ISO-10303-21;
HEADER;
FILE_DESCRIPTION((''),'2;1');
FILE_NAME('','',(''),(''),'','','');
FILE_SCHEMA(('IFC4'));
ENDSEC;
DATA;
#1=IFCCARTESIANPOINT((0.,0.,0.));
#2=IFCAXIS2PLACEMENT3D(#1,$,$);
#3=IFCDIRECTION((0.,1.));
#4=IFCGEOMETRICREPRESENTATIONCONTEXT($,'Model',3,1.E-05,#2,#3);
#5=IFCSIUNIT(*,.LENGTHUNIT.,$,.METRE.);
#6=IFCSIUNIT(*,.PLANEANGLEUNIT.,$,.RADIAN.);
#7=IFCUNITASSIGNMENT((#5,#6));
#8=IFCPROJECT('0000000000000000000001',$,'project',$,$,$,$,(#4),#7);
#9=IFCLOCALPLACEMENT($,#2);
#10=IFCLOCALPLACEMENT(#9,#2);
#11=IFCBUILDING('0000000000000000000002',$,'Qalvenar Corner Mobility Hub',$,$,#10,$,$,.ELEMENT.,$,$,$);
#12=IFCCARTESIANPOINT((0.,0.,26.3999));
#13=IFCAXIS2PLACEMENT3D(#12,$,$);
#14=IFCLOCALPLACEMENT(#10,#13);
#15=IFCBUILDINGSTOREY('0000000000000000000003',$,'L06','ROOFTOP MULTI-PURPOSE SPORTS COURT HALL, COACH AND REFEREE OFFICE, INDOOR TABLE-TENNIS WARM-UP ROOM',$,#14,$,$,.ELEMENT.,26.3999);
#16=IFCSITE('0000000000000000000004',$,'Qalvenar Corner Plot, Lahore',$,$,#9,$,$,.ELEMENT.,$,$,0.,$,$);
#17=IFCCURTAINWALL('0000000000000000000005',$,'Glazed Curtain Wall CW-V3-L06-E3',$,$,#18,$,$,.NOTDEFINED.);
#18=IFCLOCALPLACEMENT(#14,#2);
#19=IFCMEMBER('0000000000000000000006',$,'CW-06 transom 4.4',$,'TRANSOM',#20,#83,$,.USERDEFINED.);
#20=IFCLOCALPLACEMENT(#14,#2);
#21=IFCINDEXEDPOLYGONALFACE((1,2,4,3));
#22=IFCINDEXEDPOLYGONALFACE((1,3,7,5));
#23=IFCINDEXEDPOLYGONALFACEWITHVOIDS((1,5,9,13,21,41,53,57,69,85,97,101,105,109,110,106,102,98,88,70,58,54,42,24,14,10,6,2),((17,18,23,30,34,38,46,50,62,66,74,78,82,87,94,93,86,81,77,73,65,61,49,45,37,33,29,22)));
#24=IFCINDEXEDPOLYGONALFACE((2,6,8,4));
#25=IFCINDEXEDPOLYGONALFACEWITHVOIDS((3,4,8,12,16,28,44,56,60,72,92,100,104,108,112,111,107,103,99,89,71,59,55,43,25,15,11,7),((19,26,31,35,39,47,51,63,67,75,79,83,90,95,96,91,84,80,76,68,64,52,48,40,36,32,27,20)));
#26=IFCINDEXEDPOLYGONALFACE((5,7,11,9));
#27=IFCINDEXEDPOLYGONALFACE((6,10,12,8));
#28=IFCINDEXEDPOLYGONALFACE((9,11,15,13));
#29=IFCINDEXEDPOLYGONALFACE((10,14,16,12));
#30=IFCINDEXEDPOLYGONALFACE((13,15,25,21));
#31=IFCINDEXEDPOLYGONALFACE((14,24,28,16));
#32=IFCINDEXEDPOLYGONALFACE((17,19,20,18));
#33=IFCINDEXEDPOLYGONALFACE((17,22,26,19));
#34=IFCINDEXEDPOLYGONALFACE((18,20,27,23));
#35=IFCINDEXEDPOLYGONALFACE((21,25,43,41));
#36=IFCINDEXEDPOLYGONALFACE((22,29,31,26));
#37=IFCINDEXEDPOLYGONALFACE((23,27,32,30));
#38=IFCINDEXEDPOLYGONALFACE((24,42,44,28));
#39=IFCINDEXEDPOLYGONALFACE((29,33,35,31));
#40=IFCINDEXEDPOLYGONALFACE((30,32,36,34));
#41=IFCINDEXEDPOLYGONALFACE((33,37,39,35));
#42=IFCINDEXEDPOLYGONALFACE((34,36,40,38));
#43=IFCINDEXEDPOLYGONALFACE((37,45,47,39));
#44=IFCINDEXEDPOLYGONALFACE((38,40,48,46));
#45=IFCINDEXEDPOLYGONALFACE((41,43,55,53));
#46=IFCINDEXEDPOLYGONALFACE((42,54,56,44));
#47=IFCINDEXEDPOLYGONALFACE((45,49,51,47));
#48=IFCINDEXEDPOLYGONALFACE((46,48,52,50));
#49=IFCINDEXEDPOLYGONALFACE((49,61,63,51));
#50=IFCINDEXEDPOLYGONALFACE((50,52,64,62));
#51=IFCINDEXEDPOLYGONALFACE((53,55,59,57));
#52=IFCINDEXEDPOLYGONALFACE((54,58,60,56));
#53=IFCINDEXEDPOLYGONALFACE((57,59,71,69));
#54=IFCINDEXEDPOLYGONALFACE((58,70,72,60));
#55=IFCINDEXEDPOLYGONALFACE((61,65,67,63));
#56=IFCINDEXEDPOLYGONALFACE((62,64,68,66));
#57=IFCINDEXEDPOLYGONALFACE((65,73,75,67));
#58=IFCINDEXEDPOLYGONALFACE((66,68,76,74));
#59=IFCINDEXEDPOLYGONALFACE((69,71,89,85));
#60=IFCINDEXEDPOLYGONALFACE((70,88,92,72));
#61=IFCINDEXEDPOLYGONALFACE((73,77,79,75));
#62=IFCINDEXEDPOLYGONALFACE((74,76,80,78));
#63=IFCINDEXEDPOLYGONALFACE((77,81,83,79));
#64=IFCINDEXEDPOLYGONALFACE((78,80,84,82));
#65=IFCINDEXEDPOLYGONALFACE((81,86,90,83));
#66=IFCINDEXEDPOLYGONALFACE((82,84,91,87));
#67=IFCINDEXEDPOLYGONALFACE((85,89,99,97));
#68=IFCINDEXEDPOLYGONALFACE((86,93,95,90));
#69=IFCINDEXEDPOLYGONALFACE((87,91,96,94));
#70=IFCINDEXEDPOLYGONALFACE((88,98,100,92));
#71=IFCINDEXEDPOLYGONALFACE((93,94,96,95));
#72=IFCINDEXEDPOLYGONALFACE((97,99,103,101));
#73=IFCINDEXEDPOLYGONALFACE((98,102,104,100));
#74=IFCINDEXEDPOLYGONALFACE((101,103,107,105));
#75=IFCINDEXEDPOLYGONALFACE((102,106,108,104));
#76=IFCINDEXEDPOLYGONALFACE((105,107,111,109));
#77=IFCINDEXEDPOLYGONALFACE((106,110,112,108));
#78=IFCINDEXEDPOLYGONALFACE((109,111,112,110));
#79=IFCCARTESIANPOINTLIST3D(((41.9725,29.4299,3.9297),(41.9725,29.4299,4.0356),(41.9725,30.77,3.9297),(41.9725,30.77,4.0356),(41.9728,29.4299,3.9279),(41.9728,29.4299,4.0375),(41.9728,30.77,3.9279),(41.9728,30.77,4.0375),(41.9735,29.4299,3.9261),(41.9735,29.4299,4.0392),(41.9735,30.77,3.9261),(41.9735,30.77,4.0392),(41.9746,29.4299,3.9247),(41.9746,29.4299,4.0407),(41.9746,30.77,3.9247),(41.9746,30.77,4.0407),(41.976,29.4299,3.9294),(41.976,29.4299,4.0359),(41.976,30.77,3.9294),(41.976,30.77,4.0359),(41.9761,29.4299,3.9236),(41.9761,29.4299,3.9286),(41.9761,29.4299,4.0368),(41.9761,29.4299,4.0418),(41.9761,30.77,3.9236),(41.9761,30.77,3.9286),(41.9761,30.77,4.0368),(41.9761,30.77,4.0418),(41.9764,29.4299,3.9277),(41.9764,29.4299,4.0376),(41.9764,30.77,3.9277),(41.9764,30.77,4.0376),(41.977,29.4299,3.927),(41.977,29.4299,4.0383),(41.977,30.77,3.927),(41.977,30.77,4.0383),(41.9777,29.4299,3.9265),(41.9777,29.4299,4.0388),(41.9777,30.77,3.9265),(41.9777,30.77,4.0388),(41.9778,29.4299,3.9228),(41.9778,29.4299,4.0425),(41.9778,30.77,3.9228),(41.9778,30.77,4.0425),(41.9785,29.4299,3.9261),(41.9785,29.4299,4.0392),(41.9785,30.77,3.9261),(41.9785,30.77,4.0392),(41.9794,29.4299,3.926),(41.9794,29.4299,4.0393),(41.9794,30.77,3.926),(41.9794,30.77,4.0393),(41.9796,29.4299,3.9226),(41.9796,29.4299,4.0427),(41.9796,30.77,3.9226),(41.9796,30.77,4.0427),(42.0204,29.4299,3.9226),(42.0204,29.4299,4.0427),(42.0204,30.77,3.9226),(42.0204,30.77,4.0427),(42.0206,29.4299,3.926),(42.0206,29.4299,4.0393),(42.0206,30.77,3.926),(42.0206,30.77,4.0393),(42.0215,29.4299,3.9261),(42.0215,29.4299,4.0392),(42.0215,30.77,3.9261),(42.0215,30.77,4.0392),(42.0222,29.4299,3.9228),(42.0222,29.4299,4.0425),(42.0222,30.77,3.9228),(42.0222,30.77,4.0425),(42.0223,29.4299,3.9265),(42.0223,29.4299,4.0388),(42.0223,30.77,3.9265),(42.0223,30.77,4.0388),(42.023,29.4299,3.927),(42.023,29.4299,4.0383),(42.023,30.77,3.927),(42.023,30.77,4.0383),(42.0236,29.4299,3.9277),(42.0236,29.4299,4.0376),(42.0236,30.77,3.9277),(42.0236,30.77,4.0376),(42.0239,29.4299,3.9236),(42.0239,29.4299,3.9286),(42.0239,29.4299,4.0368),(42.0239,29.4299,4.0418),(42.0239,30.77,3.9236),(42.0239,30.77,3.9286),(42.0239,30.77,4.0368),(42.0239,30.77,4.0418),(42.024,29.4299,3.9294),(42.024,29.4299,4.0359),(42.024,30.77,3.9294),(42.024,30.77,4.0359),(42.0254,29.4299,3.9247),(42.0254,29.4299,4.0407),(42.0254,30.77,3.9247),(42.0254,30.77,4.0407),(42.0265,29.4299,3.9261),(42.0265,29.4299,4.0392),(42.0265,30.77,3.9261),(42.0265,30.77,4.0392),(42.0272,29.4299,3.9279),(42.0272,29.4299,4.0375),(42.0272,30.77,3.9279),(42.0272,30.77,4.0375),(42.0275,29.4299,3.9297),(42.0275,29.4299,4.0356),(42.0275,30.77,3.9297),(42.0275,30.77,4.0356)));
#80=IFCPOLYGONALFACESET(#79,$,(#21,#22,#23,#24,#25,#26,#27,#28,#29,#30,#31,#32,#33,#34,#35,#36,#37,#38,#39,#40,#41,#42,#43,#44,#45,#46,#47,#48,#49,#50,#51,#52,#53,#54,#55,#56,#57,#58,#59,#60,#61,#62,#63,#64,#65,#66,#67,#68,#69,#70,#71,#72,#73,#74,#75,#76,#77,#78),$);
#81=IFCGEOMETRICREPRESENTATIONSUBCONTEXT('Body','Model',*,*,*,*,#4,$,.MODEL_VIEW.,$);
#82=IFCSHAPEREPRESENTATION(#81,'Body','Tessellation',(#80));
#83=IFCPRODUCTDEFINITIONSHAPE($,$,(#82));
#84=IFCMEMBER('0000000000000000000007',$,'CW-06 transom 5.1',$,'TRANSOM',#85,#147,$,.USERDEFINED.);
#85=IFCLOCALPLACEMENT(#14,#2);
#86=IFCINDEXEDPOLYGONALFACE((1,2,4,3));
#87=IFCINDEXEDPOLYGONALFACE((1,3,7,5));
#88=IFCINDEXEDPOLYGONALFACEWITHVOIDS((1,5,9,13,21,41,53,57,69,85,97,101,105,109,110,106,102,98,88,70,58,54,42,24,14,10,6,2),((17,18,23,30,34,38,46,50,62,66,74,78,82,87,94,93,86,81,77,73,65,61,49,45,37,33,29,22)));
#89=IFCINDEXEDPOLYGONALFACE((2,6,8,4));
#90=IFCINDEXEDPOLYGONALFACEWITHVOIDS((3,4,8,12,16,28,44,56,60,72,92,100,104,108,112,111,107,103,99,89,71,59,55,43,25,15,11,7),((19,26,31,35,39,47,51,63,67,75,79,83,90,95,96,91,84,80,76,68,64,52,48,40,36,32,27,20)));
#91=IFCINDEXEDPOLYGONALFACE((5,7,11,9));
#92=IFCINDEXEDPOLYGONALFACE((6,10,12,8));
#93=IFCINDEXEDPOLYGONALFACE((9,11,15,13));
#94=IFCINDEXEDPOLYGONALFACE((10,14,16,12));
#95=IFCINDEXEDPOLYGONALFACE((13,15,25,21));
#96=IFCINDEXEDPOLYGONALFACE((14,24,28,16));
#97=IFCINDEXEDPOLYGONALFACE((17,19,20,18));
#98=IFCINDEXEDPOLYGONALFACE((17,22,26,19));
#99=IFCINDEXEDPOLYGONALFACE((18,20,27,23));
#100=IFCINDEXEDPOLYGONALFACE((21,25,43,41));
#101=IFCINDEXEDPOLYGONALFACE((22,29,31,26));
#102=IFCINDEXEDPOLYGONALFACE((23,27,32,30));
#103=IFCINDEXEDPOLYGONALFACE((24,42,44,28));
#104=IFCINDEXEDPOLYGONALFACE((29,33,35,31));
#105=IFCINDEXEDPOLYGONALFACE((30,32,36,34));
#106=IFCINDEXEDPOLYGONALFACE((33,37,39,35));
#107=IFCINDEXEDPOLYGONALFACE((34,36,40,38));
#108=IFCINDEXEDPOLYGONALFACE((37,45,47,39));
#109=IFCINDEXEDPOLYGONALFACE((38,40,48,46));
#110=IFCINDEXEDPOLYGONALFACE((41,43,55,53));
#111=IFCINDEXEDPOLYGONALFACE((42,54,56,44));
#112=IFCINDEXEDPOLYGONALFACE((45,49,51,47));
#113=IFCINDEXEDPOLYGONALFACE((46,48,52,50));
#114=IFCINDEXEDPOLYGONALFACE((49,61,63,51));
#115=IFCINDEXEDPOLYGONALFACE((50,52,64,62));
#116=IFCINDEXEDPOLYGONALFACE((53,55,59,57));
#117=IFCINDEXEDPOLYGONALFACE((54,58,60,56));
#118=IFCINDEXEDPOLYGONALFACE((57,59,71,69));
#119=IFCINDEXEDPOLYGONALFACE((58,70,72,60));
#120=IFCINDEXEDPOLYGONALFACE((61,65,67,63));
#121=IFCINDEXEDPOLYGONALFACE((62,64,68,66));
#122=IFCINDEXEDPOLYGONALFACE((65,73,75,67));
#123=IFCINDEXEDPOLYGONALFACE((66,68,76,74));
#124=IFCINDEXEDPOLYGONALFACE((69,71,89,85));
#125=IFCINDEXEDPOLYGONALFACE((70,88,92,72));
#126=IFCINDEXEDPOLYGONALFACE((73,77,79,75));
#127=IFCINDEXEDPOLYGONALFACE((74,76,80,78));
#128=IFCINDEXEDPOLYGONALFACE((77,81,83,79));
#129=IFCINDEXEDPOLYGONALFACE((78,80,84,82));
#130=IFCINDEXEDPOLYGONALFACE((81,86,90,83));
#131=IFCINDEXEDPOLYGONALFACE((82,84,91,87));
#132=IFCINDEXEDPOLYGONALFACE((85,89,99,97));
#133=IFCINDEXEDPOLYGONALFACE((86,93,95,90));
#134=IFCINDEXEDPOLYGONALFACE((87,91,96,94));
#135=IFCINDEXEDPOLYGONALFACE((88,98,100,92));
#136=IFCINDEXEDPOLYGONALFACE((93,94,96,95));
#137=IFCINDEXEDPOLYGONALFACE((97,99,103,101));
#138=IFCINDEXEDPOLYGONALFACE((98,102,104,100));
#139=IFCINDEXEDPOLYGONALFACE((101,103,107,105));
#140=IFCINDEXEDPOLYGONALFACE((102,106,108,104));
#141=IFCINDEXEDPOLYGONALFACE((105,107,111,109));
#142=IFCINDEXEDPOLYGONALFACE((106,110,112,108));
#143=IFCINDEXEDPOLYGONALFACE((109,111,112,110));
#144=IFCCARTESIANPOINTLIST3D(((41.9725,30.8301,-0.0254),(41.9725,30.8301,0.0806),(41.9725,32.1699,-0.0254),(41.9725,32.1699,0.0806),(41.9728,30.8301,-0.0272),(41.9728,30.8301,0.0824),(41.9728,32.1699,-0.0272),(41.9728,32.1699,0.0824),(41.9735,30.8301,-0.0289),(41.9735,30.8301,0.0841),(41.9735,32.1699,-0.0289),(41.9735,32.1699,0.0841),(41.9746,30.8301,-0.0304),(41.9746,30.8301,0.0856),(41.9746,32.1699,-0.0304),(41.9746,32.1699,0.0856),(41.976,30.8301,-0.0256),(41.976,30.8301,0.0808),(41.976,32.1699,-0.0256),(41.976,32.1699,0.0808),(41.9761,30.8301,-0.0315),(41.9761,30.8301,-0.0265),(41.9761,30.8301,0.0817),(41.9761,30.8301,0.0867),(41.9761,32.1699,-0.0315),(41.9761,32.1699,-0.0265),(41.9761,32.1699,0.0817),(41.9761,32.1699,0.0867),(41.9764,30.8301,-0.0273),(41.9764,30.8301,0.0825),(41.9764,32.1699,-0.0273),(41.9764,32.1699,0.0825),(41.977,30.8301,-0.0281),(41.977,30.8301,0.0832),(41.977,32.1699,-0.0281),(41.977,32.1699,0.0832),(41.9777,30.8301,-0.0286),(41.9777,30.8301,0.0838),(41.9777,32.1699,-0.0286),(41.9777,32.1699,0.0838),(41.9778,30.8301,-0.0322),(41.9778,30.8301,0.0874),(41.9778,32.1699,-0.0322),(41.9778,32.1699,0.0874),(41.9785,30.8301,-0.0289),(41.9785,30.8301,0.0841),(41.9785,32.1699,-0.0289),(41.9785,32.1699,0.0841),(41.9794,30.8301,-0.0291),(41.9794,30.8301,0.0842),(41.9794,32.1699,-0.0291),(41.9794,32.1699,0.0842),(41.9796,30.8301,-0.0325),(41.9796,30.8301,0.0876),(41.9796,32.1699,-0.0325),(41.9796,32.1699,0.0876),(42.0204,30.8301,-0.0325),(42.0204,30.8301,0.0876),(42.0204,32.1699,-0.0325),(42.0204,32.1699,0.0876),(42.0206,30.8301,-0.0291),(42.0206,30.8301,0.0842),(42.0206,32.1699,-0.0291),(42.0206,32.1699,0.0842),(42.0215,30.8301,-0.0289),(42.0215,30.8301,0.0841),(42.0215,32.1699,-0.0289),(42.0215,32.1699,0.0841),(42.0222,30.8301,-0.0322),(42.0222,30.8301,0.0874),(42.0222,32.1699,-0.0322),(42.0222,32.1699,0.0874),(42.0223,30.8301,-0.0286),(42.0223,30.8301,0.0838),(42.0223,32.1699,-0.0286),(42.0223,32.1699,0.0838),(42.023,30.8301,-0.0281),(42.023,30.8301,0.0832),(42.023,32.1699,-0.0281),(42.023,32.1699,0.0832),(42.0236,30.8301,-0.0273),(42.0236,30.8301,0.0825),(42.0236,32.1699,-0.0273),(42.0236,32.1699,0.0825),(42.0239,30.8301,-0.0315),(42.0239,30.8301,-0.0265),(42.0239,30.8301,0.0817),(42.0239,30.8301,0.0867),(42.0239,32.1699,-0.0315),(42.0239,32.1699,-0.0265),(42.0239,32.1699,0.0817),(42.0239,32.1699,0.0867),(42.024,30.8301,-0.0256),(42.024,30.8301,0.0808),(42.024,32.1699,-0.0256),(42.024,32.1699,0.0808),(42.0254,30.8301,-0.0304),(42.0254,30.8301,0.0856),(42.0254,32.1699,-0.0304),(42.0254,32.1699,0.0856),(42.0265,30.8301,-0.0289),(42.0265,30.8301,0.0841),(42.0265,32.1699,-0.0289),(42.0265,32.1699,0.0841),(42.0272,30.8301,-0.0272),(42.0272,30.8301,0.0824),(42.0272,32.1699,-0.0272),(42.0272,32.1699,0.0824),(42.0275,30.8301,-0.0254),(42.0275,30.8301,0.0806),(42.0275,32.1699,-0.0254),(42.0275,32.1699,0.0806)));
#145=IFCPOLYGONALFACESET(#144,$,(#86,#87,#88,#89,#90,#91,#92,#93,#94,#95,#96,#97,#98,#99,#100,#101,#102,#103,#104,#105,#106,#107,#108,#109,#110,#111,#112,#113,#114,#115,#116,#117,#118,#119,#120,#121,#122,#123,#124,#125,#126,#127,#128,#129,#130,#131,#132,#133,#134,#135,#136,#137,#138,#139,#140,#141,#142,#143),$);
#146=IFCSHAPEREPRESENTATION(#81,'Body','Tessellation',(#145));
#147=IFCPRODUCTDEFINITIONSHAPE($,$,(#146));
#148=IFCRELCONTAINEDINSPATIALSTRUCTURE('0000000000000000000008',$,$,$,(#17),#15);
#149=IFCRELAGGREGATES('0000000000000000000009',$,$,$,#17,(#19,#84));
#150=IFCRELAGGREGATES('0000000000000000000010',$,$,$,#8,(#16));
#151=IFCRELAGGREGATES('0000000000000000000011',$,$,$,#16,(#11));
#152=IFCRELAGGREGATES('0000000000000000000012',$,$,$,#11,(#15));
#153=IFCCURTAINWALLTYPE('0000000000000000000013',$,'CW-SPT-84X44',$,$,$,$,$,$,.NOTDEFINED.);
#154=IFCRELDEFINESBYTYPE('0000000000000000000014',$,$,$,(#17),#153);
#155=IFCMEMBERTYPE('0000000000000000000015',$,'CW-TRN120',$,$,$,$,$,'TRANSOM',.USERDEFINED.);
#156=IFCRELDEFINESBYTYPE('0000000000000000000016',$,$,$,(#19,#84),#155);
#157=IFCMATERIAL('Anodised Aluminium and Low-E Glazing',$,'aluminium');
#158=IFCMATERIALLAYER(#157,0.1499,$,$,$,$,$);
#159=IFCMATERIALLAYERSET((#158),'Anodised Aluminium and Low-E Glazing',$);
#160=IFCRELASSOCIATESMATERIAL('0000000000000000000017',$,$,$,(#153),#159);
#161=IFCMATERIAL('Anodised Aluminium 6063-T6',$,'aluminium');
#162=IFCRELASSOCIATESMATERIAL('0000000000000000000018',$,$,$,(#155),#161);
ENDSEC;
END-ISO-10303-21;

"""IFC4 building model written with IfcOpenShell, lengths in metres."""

from ifc_helpers import new_model, si_unit, direction, frame, origin, origin_2d, place, context, subcontext, project, spatial, hollow_rectangle, extrude, material, layer, layer_set, material_profile, profile_set, type_object, element, aggregate, save


model = new_model("IFC4")

# Units and contexts
model_context = context("Model", 3, precision=1e-05, world=origin(), true_north=direction((0.0, 1.0)))
body_context = subcontext(model_context, "Body", "Model", "MODEL_VIEW")
ifc_project = project(units=[si_unit("LENGTHUNIT", "METRE"), si_unit("PLANEANGLEUNIT", "RADIAN")], contexts=[model_context])

# Site, building, storey
site_placement = place(None, origin())
site = spatial("IfcSite", under=ifc_project, at=site_placement, Name="Qalvenar Corner Plot, Lahore", CompositionType="ELEMENT", RefElevation=0.0)
building_placement = place(site_placement, origin())
building = spatial("IfcBuilding", under=site, at=building_placement, Name="Qalvenar Corner Mobility Hub", CompositionType="ELEMENT")
storey_placement = place(building_placement, frame((0.0, 0.0, 26.3999)))
storey = spatial("IfcBuildingStorey", under=building, at=storey_placement, Name="L06", Description="ROOFTOP MULTI-PURPOSE SPORTS COURT HALL, COACH AND REFEREE OFFICE, INDOOR TABLE-TENNIS WARM-UP ROOM", CompositionType="ELEMENT", Elevation=26.3999)

# Shared definitions
ifc_material_1 = material(Name="Anodised Aluminium and Low-E Glazing", Category="aluminium")
ifc_material_2 = material(Name="Anodised Aluminium 6063-T6", Category="aluminium")

# Curtain wall
ifc_layer_1 = layer(ifc_material_1, 0.1499)
ifc_layer_set_1 = layer_set([ifc_layer_1], Name="Anodised Aluminium and Low-E Glazing")
curtain_wall_type_1 = type_object("IfcCurtainWallType", Name="CW-SPT-84X44", PredefinedType="NOTDEFINED", material=ifc_layer_set_1)
curtain_wall_1_placement = place(storey_placement, origin())
curtain_wall_1 = element("IfcCurtainWall", 1, at=curtain_wall_1_placement, inside=storey, type_object=curtain_wall_type_1, Name="Glazed Curtain Wall CW-V3-L06-E3", PredefinedType="NOTDEFINED")

# Members
ifc_material_profile_1 = material_profile(ifc_material_2, hollow_rectangle(XDim=0.0549, YDim=0.1201, WallThickness=0.0034, InnerFilletRadius=0.0034, OuterFilletRadius=0.0071, at=origin_2d()), Name="RHS120x55x3.5")
ifc_profile_set_1 = profile_set([ifc_material_profile_1], Name="Anodised Aluminium 6063-T6")
member_type_1 = type_object("IfcMemberType", Name="CW-TRN120", ElementType="TRANSOM", PredefinedType="USERDEFINED", material=ifc_profile_set_1)
member_1_placement = place(storey_placement, frame((42.0, 29.4299, 3.9827), z_axis=(0.0, 1.0, 0.0), x_axis=(-1.0, 0.0, 0.0)))
member_1 = element("IfcMember", 2, at=member_1_placement, type_object=member_type_1, Name="CW-06 transom 4.4", ObjectType="TRANSOM", PredefinedType="USERDEFINED", context=body_context, shape_type="SweptSolid", body=[
    extrude(hollow_rectangle(XDim=0.0549, YDim=0.1201, WallThickness=0.0034, InnerFilletRadius=0.0034, OuterFilletRadius=0.0071, at=origin_2d()), origin(), (0.0, 0.0, 1.0), 1.3401),
])
member_2_placement = place(storey_placement, frame((42.0, 30.8301, 0.0276), z_axis=(0.0, 1.0, 0.0), x_axis=(-1.0, 0.0, 0.0)))
member_2 = element("IfcMember", 3, at=member_2_placement, type_object=member_type_1, Name="CW-06 transom 5.1", ObjectType="TRANSOM", PredefinedType="USERDEFINED", context=body_context, shape_type="SweptSolid", body=[
    extrude(hollow_rectangle(XDim=0.0549, YDim=0.1201, WallThickness=0.0034, InnerFilletRadius=0.0034, OuterFilletRadius=0.0071, at=origin_2d()), origin(), (0.0, 0.0, 1.0), 1.3398),
])

aggregate(curtain_wall_1, [member_1, member_2])

save(model, "model.ifc")
